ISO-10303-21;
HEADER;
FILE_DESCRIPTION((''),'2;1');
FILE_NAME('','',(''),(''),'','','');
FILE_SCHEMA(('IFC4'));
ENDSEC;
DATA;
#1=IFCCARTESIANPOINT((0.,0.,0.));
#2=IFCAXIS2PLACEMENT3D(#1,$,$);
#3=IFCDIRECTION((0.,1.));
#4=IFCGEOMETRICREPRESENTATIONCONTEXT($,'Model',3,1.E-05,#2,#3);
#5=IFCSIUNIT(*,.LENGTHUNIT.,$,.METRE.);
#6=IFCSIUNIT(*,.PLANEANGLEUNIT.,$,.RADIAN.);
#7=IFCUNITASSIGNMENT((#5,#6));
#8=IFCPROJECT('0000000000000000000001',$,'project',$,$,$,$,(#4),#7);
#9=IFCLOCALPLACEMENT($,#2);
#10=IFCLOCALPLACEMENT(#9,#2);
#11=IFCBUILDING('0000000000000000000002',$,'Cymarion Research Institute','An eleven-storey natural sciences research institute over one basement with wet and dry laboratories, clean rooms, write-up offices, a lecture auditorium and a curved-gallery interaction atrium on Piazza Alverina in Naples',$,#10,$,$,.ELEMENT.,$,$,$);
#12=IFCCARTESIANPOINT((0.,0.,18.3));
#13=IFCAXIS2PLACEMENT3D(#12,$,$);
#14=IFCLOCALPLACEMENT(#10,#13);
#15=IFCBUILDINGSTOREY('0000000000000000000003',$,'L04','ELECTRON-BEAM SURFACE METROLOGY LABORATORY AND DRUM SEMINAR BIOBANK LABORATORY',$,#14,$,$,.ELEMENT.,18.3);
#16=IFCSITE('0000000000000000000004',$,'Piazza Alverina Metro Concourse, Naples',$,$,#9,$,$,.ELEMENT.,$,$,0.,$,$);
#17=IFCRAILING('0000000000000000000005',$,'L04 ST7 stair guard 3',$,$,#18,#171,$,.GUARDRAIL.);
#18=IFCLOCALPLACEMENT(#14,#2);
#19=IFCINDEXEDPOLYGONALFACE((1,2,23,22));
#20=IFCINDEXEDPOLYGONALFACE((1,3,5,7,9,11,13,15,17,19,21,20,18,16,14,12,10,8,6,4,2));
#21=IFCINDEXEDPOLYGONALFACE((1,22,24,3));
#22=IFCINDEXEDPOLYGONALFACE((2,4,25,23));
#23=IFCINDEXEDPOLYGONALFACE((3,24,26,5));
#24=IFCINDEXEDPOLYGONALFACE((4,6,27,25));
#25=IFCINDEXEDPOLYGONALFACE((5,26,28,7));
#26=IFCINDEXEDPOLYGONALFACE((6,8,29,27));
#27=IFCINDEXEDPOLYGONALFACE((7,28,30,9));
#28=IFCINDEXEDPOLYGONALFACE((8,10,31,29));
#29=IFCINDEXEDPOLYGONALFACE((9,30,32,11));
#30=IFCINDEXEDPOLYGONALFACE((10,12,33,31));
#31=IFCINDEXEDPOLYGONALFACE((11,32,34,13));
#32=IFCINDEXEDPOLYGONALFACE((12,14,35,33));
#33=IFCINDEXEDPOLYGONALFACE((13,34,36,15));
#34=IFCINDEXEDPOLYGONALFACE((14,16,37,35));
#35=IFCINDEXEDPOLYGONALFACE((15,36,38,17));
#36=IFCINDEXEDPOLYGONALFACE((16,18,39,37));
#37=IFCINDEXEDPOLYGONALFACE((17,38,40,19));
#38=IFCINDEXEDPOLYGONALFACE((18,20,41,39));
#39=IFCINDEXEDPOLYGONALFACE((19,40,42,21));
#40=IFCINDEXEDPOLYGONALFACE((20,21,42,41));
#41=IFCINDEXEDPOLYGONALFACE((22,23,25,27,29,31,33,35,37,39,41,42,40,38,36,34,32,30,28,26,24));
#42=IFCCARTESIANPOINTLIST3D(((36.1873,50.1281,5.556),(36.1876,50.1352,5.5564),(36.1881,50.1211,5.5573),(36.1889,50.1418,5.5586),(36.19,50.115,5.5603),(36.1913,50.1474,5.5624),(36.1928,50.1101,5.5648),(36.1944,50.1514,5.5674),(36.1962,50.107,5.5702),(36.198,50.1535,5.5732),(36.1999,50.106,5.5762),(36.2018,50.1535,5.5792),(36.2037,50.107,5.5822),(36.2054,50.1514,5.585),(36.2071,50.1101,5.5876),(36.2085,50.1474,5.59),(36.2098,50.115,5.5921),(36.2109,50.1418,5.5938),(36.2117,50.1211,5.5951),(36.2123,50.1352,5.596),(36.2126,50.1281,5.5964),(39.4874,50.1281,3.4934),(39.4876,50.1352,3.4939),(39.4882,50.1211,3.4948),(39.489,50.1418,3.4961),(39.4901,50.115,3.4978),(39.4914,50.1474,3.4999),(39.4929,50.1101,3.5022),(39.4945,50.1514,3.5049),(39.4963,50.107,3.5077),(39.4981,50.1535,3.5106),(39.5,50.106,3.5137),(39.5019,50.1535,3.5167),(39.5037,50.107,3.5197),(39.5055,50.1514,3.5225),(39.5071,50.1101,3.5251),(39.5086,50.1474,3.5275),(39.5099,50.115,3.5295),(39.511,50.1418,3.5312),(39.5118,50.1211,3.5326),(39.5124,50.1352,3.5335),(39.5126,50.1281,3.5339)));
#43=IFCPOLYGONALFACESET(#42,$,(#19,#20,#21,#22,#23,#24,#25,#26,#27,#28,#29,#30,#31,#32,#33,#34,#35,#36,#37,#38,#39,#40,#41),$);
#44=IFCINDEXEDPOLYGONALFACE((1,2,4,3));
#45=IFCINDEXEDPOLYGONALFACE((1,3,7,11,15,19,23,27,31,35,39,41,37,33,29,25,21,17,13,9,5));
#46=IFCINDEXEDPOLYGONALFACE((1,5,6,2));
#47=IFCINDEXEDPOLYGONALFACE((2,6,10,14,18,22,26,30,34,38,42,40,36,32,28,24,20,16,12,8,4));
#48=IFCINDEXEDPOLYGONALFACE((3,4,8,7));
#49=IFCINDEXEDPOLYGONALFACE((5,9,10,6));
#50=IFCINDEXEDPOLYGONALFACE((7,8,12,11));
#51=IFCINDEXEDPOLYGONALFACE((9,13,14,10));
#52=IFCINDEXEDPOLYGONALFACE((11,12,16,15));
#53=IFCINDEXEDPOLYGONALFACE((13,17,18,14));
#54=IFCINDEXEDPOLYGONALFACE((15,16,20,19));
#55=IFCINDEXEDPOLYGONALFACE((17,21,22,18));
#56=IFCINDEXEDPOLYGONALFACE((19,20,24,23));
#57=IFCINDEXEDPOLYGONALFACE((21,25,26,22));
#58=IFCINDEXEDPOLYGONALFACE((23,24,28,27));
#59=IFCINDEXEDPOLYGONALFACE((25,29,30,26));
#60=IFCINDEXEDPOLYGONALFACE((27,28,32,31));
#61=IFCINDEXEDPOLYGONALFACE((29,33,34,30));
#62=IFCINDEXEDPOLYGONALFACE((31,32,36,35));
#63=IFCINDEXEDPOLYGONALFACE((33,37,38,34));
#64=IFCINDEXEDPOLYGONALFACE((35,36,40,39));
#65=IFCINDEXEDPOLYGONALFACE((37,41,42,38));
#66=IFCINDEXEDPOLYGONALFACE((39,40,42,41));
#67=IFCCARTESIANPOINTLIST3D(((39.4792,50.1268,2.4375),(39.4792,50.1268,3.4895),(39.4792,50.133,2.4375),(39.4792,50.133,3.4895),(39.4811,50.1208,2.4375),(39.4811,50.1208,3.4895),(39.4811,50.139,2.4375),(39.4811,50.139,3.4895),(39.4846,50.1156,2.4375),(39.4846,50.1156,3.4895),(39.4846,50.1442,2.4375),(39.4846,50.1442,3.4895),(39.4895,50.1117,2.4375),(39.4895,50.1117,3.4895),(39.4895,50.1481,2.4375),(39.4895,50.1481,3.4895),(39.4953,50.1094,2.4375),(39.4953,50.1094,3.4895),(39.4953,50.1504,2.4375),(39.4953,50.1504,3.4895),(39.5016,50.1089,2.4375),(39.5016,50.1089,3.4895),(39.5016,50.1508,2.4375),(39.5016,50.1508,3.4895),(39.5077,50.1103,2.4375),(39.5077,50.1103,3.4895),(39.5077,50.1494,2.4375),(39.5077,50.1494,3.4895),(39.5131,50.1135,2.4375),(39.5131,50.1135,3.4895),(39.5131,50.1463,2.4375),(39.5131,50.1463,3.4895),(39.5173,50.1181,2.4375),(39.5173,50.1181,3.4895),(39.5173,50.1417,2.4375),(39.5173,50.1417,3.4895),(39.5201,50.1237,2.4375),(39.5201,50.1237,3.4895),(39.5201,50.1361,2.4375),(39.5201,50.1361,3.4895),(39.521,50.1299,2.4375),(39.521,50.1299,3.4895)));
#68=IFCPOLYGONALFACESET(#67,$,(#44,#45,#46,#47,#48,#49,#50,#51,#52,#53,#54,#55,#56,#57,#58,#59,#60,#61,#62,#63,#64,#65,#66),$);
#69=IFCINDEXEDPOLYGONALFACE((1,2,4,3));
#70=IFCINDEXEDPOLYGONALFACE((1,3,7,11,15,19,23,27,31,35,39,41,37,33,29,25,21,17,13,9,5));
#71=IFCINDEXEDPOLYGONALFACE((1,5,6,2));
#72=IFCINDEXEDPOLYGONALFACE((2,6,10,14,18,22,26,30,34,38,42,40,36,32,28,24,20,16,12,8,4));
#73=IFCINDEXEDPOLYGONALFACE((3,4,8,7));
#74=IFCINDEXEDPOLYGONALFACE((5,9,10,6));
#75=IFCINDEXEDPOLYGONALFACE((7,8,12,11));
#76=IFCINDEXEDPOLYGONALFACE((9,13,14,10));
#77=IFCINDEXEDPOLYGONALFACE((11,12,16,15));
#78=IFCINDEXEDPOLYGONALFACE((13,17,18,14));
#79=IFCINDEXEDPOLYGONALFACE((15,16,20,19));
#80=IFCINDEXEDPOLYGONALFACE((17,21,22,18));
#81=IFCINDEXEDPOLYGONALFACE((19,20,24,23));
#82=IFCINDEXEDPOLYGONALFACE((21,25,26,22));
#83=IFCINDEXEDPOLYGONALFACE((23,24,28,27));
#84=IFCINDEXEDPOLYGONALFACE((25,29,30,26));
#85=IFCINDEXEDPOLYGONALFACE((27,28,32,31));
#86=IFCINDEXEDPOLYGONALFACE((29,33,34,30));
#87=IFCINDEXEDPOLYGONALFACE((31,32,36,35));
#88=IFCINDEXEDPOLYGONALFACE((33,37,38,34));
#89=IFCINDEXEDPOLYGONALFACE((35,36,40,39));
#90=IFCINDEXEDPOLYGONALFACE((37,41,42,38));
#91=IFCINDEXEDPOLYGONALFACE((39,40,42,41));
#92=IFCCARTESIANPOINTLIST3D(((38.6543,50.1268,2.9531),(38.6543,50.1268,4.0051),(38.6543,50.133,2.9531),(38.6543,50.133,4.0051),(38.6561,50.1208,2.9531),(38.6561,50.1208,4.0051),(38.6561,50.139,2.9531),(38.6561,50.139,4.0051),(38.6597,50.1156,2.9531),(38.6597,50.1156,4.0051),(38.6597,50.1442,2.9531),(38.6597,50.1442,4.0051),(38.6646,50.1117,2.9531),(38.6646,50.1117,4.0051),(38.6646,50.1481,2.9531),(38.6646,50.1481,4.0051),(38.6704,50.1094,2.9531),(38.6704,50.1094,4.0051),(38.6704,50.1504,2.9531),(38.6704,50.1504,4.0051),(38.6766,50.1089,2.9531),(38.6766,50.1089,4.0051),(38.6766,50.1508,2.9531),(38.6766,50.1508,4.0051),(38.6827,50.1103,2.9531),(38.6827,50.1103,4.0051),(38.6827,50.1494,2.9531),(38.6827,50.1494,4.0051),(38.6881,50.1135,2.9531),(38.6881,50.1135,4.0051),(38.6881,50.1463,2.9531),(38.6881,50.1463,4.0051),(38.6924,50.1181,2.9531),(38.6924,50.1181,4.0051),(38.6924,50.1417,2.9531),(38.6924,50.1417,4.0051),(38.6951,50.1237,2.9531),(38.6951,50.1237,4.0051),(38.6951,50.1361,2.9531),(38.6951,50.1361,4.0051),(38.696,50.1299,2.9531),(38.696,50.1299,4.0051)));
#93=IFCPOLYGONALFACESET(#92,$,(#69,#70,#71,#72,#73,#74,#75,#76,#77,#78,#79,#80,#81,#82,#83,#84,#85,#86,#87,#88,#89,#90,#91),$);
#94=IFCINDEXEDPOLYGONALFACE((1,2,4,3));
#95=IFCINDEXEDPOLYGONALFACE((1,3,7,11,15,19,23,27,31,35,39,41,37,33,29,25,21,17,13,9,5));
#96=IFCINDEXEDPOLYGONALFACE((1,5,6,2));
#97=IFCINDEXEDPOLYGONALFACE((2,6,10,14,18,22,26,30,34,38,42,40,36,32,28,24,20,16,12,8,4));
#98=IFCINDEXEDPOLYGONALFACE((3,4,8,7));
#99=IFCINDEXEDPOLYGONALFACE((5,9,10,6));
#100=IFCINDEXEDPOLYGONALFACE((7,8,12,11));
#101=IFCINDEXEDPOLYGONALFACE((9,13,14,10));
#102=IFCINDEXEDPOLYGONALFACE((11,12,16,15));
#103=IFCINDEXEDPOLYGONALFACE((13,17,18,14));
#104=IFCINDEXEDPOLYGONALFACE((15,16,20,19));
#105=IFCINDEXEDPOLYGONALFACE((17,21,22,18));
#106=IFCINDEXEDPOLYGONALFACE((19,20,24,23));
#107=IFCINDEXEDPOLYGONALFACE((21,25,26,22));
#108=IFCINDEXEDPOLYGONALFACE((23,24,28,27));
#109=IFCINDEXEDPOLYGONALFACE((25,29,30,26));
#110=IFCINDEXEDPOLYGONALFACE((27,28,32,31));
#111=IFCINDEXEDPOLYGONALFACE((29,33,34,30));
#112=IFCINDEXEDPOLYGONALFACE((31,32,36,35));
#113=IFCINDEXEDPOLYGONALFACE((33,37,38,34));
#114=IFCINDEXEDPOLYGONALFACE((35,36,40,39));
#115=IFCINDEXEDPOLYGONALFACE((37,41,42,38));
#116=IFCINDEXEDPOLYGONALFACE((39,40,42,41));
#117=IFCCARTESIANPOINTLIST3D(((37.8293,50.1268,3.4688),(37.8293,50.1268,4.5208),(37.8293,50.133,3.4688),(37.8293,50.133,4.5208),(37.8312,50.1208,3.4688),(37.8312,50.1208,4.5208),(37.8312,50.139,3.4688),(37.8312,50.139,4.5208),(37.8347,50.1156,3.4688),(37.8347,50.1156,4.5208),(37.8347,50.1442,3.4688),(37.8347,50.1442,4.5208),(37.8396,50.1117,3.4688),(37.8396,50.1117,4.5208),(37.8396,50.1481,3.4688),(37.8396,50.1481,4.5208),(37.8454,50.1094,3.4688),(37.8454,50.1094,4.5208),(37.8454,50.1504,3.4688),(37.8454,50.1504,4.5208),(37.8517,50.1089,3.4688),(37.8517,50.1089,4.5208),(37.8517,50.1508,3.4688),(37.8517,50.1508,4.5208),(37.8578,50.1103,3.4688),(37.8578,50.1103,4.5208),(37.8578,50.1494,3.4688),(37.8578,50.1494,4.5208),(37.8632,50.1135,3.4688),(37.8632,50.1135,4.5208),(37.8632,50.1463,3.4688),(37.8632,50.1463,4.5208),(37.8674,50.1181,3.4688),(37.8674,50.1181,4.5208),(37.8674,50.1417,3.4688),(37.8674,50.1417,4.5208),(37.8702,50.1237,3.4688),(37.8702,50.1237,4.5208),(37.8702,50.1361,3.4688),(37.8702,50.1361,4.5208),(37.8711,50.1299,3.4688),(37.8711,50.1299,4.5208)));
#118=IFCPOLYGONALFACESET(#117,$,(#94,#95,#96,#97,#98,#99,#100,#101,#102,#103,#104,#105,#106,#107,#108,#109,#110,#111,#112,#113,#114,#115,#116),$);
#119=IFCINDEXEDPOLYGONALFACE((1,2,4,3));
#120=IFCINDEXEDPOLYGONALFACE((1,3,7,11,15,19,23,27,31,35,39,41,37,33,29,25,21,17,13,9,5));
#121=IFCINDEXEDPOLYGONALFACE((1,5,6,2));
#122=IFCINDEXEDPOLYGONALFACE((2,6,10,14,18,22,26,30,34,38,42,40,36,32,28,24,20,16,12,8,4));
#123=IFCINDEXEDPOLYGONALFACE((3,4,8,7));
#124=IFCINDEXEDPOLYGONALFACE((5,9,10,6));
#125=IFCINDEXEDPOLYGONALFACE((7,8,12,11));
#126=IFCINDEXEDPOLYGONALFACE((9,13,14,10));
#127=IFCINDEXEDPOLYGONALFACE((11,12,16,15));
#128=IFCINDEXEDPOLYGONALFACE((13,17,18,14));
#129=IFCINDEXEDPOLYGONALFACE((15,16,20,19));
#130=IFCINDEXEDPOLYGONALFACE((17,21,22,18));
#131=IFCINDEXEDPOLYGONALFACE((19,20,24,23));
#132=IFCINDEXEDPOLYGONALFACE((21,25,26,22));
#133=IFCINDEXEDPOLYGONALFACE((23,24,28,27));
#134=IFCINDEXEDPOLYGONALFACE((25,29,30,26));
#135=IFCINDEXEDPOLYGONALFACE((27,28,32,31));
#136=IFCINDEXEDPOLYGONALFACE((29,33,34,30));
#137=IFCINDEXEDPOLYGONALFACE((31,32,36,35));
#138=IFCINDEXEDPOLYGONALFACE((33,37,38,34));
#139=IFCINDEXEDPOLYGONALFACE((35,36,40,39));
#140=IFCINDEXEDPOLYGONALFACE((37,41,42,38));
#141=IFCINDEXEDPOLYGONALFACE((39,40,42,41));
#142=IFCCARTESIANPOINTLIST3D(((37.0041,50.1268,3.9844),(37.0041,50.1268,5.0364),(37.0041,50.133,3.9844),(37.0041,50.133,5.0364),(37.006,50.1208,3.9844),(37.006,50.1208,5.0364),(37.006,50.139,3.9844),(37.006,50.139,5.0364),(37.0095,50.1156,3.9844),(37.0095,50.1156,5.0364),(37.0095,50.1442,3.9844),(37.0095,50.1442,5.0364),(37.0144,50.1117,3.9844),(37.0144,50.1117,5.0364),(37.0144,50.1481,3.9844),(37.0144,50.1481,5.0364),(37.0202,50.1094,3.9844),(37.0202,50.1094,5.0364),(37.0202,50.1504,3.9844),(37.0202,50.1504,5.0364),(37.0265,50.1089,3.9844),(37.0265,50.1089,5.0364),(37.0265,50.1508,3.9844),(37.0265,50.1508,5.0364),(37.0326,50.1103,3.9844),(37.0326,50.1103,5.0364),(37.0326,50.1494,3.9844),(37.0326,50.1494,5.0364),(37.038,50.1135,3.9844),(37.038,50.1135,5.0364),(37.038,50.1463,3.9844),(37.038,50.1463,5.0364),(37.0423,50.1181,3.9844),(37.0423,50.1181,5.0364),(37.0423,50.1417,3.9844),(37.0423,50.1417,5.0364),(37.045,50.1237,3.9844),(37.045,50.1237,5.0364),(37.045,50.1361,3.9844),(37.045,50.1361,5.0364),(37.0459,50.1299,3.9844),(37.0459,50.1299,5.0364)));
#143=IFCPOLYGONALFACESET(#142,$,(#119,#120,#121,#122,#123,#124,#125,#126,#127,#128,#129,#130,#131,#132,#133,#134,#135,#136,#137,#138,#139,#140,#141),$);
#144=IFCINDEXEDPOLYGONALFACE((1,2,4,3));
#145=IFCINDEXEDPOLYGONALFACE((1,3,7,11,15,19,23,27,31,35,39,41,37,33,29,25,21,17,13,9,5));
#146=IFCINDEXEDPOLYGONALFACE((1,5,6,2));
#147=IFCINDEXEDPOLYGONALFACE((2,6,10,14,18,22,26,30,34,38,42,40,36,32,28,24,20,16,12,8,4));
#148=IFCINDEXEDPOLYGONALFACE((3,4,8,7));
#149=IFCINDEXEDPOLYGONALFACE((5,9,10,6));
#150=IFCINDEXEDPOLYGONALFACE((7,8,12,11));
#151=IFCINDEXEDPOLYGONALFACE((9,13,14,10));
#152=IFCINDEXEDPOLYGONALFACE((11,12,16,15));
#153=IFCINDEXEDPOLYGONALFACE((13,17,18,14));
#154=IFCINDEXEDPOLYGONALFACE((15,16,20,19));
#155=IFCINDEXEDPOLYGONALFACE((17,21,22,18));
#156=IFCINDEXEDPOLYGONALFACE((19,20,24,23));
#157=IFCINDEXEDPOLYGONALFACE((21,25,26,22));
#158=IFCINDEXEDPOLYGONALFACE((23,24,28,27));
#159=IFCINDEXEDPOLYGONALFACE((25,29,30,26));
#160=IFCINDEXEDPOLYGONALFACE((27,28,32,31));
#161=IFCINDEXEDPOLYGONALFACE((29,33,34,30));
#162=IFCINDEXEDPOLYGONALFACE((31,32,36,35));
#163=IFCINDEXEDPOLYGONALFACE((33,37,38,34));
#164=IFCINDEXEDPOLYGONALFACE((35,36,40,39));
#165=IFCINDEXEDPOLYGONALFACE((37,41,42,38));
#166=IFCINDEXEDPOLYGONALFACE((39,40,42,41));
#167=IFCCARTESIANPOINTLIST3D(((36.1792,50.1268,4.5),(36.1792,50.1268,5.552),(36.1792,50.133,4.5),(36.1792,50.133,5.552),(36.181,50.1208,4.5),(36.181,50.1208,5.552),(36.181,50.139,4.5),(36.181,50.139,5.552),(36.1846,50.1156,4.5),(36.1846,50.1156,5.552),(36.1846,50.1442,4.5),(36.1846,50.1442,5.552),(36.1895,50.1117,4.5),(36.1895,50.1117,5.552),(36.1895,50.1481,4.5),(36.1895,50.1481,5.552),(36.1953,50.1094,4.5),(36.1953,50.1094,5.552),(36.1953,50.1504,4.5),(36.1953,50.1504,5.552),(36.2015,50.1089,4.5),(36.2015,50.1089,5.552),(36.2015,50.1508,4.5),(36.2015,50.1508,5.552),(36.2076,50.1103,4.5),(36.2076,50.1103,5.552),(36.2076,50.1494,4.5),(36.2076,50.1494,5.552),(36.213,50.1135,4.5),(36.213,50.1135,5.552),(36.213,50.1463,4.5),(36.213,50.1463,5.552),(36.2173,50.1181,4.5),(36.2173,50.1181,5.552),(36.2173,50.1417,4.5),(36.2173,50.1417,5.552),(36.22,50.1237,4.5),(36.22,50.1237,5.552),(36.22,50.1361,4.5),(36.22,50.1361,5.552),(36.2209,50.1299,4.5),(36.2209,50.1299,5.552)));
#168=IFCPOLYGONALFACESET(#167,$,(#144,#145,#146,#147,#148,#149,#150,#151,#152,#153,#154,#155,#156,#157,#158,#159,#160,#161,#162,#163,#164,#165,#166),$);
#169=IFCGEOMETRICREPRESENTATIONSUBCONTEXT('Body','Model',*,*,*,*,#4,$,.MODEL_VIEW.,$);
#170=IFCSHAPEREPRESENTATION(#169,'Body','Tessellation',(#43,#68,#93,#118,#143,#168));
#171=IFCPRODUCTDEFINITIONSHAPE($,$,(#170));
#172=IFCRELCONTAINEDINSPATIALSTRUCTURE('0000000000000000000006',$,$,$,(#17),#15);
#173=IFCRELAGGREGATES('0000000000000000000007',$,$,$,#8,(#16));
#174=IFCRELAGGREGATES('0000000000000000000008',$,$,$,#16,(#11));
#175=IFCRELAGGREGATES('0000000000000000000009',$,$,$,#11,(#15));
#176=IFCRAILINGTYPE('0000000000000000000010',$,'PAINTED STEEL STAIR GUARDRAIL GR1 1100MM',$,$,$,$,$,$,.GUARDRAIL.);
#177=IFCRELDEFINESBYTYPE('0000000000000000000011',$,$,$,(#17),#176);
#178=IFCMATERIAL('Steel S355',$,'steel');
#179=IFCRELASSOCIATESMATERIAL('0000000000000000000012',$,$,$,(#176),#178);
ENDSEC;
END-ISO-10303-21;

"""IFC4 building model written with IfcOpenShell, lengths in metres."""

from ifc_helpers import new_model, si_unit, direction, frame, origin, origin_2d, place, context, subcontext, project, spatial, circle, extrude, material, type_object, element, save


model = new_model("IFC4")

# Units and contexts
model_context = context("Model", 3, precision=1e-05, world=origin(), true_north=direction((0.0, 1.0)))
body_context = subcontext(model_context, "Body", "Model", "MODEL_VIEW")
ifc_project = project(units=[si_unit("LENGTHUNIT", "METRE"), si_unit("PLANEANGLEUNIT", "RADIAN")], contexts=[model_context])

# Site, building, storey
site_placement = place(None, origin())
site = spatial("IfcSite", under=ifc_project, at=site_placement, Name="Piazza Alverina Metro Concourse, Naples", CompositionType="ELEMENT", RefElevation=0.0)
building_placement = place(site_placement, origin())
building = spatial("IfcBuilding", under=site, at=building_placement, Name="Cymarion Research Institute", Description="An eleven-storey natural sciences research institute over one basement with wet and dry laboratories, clean rooms, write-up offices, a lecture auditorium and a curved-gallery interaction atrium on Piazza Alverina in Naples", CompositionType="ELEMENT")
storey_placement = place(building_placement, frame((0.0, 0.0, 18.3)))
storey = spatial("IfcBuildingStorey", under=building, at=storey_placement, Name="L04", Description="ELECTRON-BEAM SURFACE METROLOGY LABORATORY AND DRUM SEMINAR BIOBANK LABORATORY", CompositionType="ELEMENT", Elevation=18.3)

# Shared definitions
ifc_material_1 = material(Name="Steel S355", Category="steel")

# Railing
railing_type_1 = type_object("IfcRailingType", Name="PAINTED STEEL STAIR GUARDRAIL GR1 1100MM", PredefinedType="GUARDRAIL", material=ifc_material_1)
railing_1_placement = place(storey_placement, frame((39.5, 50.1299, 2.4375)))
element("IfcRailing", 1, at=railing_1_placement, inside=storey, type_object=railing_type_1, Name="L04 ST7 stair guard 3", PredefinedType="GUARDRAIL", context=body_context, shape_type="SweptSolid", body=[
    extrude(circle(Radius=0.0239, at=origin_2d()), frame((0.0, 0.0, 1.0762), z_axis=(-0.848002, 0.0, 0.529993), x_axis=(0.0, -1.0, 0.0)), (0.0, 0.0, 1.0), 3.8916),
    extrude(circle(Radius=0.021, at=origin_2d()), origin(), (0.0, 0.0, 1.0), 1.052),
    extrude(circle(Radius=0.021, at=origin_2d()), frame((-0.825, 0.0, 0.5156)), (0.0, 0.0, 1.0), 1.052),
    extrude(circle(Radius=0.021, at=origin_2d()), frame((-1.6499, 0.0, 1.0312)), (0.0, 0.0, 1.0), 1.052),
    extrude(circle(Radius=0.021, at=origin_2d()), frame((-2.4751, 0.0, 1.5469)), (0.0, 0.0, 1.0), 1.052),
    extrude(circle(Radius=0.021, at=origin_2d()), frame((-3.3, 0.0, 2.0625)), (0.0, 0.0, 1.0), 1.052),
])

save(model, "model.ifc")
